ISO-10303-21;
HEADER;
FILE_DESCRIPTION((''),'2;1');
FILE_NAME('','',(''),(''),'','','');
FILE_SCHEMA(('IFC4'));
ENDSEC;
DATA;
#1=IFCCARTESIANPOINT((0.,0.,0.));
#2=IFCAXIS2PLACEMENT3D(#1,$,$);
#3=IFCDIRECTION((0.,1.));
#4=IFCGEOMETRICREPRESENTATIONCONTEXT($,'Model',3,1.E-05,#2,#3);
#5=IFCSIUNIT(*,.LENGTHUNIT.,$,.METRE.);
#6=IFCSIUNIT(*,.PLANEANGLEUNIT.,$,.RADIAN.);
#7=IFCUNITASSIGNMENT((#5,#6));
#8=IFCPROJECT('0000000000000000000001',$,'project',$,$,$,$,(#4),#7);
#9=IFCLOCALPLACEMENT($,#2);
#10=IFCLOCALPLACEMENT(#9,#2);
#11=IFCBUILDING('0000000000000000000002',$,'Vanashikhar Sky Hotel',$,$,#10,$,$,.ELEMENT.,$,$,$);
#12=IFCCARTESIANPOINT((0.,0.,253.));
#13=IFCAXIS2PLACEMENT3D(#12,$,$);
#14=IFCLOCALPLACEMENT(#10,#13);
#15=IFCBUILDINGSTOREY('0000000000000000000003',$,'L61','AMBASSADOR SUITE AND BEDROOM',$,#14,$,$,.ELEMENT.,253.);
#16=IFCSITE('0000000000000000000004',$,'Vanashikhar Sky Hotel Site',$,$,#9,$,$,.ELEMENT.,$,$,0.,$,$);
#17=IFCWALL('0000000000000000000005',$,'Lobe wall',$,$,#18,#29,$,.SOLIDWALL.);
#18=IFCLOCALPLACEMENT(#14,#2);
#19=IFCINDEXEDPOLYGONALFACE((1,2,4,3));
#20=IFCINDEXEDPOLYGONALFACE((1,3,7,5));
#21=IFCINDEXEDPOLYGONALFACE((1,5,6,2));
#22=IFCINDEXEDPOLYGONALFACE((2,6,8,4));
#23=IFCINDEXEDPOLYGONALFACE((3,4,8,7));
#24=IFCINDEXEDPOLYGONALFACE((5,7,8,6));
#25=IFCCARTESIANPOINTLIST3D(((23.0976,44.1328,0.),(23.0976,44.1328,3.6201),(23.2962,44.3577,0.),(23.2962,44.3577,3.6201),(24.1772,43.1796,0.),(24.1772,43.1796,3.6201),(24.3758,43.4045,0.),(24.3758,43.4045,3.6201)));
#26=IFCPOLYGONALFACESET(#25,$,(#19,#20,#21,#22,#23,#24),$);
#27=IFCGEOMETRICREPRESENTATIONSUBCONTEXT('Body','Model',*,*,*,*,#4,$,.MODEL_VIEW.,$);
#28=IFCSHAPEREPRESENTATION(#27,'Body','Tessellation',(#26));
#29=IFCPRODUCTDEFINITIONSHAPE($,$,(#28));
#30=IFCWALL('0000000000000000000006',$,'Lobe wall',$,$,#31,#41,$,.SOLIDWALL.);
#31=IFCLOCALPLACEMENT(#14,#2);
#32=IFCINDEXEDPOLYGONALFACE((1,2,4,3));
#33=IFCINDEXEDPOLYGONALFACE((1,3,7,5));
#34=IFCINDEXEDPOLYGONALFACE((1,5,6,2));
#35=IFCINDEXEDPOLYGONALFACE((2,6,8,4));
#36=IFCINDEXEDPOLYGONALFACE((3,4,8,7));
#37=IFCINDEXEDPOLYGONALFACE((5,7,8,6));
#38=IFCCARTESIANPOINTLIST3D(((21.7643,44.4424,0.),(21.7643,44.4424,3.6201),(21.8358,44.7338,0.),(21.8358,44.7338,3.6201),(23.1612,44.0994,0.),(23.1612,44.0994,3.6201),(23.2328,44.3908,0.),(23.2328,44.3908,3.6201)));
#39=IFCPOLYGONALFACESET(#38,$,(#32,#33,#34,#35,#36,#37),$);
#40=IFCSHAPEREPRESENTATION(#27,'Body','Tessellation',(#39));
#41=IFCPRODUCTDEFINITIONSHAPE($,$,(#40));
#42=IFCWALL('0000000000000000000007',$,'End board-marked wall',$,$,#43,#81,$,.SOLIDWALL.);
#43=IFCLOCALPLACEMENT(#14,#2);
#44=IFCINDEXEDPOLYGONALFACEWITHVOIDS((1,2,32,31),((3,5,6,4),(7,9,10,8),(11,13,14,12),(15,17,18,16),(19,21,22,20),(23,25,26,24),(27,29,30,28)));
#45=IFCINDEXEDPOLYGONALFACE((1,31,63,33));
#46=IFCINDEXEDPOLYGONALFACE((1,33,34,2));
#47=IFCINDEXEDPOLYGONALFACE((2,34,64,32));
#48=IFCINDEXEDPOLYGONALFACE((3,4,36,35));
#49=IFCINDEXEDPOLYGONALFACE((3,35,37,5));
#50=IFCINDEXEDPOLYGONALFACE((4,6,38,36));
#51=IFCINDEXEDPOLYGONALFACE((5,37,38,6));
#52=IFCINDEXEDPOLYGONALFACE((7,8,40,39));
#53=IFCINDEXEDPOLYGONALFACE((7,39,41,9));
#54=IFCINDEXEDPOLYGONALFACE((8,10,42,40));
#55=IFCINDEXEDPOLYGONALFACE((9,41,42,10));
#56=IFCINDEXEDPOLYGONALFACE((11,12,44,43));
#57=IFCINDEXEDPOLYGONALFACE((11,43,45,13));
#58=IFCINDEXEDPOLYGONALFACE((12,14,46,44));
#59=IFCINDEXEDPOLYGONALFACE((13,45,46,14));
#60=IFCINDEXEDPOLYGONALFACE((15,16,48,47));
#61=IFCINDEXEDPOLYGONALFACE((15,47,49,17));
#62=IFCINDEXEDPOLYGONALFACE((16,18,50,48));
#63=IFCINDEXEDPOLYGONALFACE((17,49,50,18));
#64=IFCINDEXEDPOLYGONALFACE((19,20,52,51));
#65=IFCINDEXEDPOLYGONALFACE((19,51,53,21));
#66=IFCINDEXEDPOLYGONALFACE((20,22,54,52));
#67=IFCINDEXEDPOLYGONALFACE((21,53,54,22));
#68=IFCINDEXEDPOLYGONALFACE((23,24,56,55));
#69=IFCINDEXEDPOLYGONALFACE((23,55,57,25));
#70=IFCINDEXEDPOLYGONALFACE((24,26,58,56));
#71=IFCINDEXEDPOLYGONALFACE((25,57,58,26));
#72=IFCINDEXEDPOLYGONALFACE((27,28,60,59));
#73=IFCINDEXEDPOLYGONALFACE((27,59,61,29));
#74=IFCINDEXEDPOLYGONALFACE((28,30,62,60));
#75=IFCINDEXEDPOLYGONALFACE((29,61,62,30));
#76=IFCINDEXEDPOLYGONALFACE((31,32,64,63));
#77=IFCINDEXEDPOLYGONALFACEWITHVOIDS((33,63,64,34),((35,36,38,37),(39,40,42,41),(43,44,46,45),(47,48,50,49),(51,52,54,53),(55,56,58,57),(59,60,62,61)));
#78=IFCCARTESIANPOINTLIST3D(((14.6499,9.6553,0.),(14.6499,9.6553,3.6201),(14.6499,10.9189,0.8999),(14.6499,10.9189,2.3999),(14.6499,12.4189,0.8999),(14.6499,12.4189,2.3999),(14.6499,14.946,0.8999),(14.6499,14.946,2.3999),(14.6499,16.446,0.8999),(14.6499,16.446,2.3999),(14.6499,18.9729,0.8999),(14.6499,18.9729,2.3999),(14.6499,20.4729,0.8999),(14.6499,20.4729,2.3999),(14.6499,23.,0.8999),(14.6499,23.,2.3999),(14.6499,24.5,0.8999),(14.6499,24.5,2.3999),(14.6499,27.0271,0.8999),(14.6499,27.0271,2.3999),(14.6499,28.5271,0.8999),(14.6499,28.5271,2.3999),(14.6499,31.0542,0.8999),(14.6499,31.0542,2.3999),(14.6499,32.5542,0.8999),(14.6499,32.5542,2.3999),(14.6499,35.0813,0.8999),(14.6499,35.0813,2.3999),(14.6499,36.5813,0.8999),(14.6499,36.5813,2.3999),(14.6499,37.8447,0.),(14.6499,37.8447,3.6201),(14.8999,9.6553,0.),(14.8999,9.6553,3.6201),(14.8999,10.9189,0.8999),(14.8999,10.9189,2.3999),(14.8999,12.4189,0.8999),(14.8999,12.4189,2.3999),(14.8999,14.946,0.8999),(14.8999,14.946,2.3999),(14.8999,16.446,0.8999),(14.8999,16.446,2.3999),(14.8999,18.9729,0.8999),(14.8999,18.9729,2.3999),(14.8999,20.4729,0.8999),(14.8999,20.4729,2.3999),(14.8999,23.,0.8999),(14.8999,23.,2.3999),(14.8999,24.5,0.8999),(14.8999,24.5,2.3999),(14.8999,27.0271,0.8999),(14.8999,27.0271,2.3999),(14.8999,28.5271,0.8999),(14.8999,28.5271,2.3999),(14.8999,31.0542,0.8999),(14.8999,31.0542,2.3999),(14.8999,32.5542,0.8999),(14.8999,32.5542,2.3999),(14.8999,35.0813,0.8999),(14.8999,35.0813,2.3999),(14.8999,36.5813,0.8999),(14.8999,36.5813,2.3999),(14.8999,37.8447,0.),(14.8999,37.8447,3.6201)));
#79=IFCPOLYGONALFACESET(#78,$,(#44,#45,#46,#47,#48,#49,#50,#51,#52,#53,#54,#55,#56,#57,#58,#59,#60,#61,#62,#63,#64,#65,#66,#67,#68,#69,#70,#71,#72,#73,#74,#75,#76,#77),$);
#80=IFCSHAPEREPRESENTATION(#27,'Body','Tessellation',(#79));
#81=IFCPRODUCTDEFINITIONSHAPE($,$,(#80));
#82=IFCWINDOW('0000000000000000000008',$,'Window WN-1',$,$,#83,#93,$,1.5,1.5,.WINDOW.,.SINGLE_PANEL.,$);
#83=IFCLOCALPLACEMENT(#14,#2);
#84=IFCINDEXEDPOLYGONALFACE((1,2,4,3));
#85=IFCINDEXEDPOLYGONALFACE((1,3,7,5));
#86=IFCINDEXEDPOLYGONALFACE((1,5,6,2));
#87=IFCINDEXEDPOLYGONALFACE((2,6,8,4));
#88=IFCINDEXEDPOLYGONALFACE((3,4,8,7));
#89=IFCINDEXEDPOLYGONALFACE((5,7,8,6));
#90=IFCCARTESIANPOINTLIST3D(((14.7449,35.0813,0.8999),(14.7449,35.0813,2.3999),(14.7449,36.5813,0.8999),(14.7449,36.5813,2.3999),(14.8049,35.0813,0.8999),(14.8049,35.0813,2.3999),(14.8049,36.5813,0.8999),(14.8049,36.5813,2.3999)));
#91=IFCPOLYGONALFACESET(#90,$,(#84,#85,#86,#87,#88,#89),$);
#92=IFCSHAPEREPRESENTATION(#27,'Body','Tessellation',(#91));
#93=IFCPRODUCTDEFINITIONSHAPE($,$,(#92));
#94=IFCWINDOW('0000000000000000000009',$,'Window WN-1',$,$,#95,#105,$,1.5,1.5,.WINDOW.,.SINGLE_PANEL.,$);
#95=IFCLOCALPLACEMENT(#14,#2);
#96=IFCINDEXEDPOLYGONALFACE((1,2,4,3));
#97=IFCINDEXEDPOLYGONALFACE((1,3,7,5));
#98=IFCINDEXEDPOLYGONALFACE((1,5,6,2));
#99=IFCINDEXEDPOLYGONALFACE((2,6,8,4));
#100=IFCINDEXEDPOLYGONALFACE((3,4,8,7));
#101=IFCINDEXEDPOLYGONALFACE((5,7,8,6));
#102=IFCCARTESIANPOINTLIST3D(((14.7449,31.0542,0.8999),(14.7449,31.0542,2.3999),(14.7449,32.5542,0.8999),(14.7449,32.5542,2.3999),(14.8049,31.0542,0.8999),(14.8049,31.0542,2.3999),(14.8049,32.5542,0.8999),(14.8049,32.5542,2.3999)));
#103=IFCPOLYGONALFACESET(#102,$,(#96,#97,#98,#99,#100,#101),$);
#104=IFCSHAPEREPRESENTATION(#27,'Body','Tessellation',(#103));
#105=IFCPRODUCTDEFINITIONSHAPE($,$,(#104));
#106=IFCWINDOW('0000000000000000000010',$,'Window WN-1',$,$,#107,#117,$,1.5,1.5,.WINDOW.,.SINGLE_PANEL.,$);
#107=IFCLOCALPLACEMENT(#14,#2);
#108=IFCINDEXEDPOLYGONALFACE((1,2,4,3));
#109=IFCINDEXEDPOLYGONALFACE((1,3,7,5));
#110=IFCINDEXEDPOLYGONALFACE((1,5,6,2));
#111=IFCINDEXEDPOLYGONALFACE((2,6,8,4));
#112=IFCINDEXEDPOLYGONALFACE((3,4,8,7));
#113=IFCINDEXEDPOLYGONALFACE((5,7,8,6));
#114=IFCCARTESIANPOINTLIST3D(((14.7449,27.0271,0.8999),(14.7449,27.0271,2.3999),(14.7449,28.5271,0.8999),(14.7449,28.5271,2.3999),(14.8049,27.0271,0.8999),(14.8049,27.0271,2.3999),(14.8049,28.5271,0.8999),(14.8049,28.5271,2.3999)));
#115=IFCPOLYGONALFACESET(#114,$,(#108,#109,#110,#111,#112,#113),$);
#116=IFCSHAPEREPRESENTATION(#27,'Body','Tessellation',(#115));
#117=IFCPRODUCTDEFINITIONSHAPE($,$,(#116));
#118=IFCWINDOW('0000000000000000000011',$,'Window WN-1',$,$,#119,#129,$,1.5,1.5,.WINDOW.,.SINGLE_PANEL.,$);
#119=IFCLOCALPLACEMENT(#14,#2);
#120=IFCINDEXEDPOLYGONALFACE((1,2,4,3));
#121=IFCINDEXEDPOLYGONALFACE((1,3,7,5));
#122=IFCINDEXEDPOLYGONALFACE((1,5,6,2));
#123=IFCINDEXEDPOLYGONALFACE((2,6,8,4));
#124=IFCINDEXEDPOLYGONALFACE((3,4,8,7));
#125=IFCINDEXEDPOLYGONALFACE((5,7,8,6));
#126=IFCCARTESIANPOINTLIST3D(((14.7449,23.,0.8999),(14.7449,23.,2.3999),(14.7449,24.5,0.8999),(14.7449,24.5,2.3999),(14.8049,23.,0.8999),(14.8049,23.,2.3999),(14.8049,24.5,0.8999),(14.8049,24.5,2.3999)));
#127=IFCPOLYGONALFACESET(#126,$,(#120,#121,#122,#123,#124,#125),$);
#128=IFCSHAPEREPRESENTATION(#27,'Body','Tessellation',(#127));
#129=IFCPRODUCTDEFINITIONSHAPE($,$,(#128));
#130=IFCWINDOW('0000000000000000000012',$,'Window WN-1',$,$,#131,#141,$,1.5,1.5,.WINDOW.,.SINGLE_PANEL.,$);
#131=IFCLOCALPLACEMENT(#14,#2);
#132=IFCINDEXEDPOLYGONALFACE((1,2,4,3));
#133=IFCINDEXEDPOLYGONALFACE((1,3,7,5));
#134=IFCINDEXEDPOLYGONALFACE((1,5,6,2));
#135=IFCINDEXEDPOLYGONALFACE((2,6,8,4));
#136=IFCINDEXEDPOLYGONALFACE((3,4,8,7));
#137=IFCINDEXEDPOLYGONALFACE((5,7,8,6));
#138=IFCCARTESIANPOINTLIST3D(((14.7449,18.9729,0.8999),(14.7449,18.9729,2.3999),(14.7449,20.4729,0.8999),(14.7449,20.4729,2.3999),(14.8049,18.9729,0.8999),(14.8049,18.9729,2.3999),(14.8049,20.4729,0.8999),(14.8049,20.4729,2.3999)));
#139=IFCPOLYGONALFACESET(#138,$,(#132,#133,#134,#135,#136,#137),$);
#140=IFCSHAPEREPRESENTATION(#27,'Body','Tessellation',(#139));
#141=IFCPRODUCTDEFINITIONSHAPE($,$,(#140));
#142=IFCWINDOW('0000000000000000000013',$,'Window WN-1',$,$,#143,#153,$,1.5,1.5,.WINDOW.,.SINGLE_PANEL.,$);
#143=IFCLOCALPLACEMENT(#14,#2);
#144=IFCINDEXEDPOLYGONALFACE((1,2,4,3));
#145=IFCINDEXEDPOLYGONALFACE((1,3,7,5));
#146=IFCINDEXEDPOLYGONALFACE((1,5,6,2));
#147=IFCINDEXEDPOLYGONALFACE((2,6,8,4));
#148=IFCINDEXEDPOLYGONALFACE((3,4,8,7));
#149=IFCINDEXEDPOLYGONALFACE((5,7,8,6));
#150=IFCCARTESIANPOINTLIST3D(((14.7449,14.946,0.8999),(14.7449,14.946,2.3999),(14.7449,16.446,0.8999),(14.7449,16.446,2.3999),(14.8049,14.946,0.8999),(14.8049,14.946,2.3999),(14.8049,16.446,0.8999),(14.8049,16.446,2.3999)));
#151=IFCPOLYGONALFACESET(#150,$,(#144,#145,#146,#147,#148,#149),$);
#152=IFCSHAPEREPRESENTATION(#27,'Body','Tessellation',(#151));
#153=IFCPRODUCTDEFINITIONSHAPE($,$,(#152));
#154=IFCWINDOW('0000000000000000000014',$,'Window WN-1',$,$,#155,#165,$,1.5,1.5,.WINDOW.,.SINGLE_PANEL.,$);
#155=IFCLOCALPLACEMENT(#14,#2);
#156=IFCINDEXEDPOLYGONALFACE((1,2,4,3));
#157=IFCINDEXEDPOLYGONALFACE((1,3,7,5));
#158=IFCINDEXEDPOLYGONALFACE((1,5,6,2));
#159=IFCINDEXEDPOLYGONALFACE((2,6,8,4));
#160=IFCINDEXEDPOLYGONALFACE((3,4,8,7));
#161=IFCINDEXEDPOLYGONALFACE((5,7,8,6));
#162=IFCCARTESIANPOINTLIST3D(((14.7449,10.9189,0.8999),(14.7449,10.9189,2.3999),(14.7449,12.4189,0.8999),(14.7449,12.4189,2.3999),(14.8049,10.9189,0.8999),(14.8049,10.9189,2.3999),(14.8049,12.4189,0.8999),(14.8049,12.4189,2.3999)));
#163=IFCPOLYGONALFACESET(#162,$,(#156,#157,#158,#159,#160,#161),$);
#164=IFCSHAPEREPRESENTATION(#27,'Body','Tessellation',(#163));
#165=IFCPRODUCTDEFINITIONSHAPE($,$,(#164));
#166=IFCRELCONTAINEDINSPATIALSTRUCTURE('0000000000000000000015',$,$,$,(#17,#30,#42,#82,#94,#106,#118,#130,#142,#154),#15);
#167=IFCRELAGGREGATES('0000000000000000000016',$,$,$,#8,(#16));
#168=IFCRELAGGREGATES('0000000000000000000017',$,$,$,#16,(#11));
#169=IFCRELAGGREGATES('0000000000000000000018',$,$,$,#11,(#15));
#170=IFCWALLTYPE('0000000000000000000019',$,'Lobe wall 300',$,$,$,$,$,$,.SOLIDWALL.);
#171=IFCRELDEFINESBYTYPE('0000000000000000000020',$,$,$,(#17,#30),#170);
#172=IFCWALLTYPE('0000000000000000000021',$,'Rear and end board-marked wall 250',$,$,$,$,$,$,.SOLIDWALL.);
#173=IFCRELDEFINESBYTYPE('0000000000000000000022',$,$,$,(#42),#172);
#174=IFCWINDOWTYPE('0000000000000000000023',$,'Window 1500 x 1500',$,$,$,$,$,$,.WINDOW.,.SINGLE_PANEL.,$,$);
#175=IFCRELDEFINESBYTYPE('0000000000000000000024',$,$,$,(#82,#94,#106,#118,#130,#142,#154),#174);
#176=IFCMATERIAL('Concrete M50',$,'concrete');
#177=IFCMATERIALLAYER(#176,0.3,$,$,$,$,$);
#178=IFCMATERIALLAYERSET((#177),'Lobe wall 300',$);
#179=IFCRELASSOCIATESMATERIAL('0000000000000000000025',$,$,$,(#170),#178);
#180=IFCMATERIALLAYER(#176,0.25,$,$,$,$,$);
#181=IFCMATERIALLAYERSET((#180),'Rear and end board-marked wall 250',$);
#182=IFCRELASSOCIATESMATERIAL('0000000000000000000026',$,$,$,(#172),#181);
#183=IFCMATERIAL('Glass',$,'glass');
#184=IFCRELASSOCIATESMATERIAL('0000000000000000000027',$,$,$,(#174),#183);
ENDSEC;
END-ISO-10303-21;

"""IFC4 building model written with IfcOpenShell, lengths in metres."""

from ifc_helpers import new_model, si_unit, direction, frame, frame_2d, origin, place, context, subcontext, project, spatial, rectangle, extrude, source, transform, mapped, material, layer, layer_set, type_object, element, fill, save


model = new_model("IFC4")

# Units and contexts
model_context = context("Model", 3, precision=1e-05, world=origin(), true_north=direction((0.0, 1.0)))
body_context = subcontext(model_context, "Body", "Model", "MODEL_VIEW")
ifc_project = project(units=[si_unit("LENGTHUNIT", "METRE"), si_unit("PLANEANGLEUNIT", "RADIAN")], contexts=[model_context])

# Site, building, storey
site_placement = place(None, origin())
site = spatial("IfcSite", under=ifc_project, at=site_placement, Name="Vanashikhar Sky Hotel Site", CompositionType="ELEMENT", RefElevation=0.0)
building_placement = place(site_placement, origin())
building = spatial("IfcBuilding", under=site, at=building_placement, Name="Vanashikhar Sky Hotel", CompositionType="ELEMENT")
storey_placement = place(building_placement, frame((0.0, 0.0, 253.0)))
storey = spatial("IfcBuildingStorey", under=building, at=storey_placement, Name="L61", Description="AMBASSADOR SUITE AND BEDROOM", CompositionType="ELEMENT", Elevation=253.0)

# Shared definitions
ifc_material_1 = material(Name="Concrete M50", Category="concrete")
ifc_layer_1 = layer(ifc_material_1, 0.3)
ifc_layer_set_1 = layer_set([ifc_layer_1], Name="Lobe wall 300")
wall_type_1 = type_object("IfcWallType", Name="Lobe wall 300", PredefinedType="SOLIDWALL", material=ifc_layer_set_1)
ifc_material_2 = material(Name="Glass", Category="glass")

# Walls
shared_shape_1 = source(origin(), body_context, "Body", "SweptSolid", [
    extrude(rectangle(XDim=1.4402, YDim=0.3, at=frame_2d((0.7202, 0.0))), origin(), (0.0, 0.0, 1.0), 3.6201),
])
wall_1_placement = place(storey_placement, frame((24.2766, 43.292, 0.0), z_axis=(0.0, 0.0, 1.0), x_axis=(-0.74965, 0.661835, 0.0)))
element("IfcWall", 1, at=wall_1_placement, inside=storey, type_object=wall_type_1, Name="Lobe wall", PredefinedType="SOLIDWALL", context=body_context, shape_type="MappedRepresentation", body=[
    mapped(shared_shape_1, transform((0.0, 0.0, 0.0), scale=1.0)),
])
shared_shape_2 = source(origin(), body_context, "Body", "SweptSolid", [
    extrude(rectangle(XDim=1.4385, YDim=0.3, at=frame_2d((0.7192, 0.0))), origin(), (0.0, 0.0, 1.0), 3.6201),
])
wall_2_placement = place(storey_placement, frame((23.197, 44.2451, 0.0), z_axis=(0.0, 0.0, 1.0), x_axis=(-0.971152, 0.23846, 0.0)))
element("IfcWall", 2, at=wall_2_placement, inside=storey, type_object=wall_type_1, Name="Lobe wall", PredefinedType="SOLIDWALL", context=body_context, shape_type="MappedRepresentation", body=[
    mapped(shared_shape_2, transform((0.0, 0.0, 0.0), scale=1.0)),
])

# Wall, openings, windows
ifc_layer_2 = layer(ifc_material_1, 0.25)
ifc_layer_set_2 = layer_set([ifc_layer_2], Name="Rear and end board-marked wall 250")
wall_type_2 = type_object("IfcWallType", Name="Rear and end board-marked wall 250", PredefinedType="SOLIDWALL", material=ifc_layer_set_2)
shared_shape_3 = source(origin(), body_context, "Body", "SweptSolid", [
    extrude(rectangle(XDim=28.1895, YDim=0.25, at=frame_2d((14.0947, 0.0))), origin(), (0.0, 0.0, 1.0), 3.6201),
])
wall_3_placement = place(storey_placement, frame((14.7749, 37.8447, 0.0), z_axis=(0.0, 0.0, 1.0), x_axis=(0.0, -1.0, 0.0)))
wall_3 = element("IfcWall", 3, at=wall_3_placement, inside=storey, type_object=wall_type_2, Name="End board-marked wall", PredefinedType="SOLIDWALL", context=body_context, shape_type="MappedRepresentation", body=[
    mapped(shared_shape_3, transform((0.0, 0.0, 0.0), scale=1.0)),
])
shared_shape_4 = source(origin(), body_context, "Body", "SweptSolid", [
    extrude(rectangle(XDim=1.5, YDim=1.5, at=frame_2d((0.75, 0.75))), frame((0.0, 0.135, 0.0), z_axis=(0.0, -1.0, 0.0), x_axis=(1.0, 0.0, 0.0)), (0.0, 0.0, 1.0), 0.27),
])
opening_1_placement = place(wall_3_placement, frame((1.2634, 0.0, 0.8999)))
opening_1 = element("IfcOpeningElement", 4, at=opening_1_placement, cuts=wall_3, PredefinedType="OPENING", context=body_context, shape_type="MappedRepresentation", body=[
    mapped(shared_shape_4, transform((0.0, 0.0, 0.0), scale=1.0)),
])
opening_2_placement = place(wall_3_placement, frame((5.2905, 0.0, 0.8999)))
opening_2 = element("IfcOpeningElement", 5, at=opening_2_placement, cuts=wall_3, PredefinedType="OPENING", context=body_context, shape_type="MappedRepresentation", body=[
    mapped(shared_shape_4, transform((0.0, 0.0, 0.0), scale=1.0)),
])
opening_3_placement = place(wall_3_placement, frame((9.3176, 0.0, 0.8999)))
opening_3 = element("IfcOpeningElement", 6, at=opening_3_placement, cuts=wall_3, PredefinedType="OPENING", context=body_context, shape_type="MappedRepresentation", body=[
    mapped(shared_shape_4, transform((0.0, 0.0, 0.0), scale=1.0)),
])
opening_4_placement = place(wall_3_placement, frame((13.3447, 0.0, 0.8999)))
opening_4 = element("IfcOpeningElement", 7, at=opening_4_placement, cuts=wall_3, PredefinedType="OPENING", context=body_context, shape_type="MappedRepresentation", body=[
    mapped(shared_shape_4, transform((0.0, 0.0, 0.0), scale=1.0)),
])
opening_5_placement = place(wall_3_placement, frame((17.3718, 0.0, 0.8999)))
opening_5 = element("IfcOpeningElement", 8, at=opening_5_placement, cuts=wall_3, PredefinedType="OPENING", context=body_context, shape_type="MappedRepresentation", body=[
    mapped(shared_shape_4, transform((0.0, 0.0, 0.0), scale=1.0)),
])
opening_6_placement = place(wall_3_placement, frame((21.3987, 0.0, 0.8999)))
opening_6 = element("IfcOpeningElement", 9, at=opening_6_placement, cuts=wall_3, PredefinedType="OPENING", context=body_context, shape_type="MappedRepresentation", body=[
    mapped(shared_shape_4, transform((0.0, 0.0, 0.0), scale=1.0)),
])
opening_7_placement = place(wall_3_placement, frame((25.4258, 0.0, 0.8999)))
opening_7 = element("IfcOpeningElement", 10, at=opening_7_placement, cuts=wall_3, PredefinedType="OPENING", context=body_context, shape_type="MappedRepresentation", body=[
    mapped(shared_shape_4, transform((0.0, 0.0, 0.0), scale=1.0)),
])
window_type_1 = type_object("IfcWindowType", Name="Window 1500 x 1500", PartitioningType="SINGLE_PANEL", PredefinedType="WINDOW", material=ifc_material_2)
shared_shape_5 = source(origin(), body_context, "Body", "SweptSolid", [
    extrude(rectangle(XDim=1.5, YDim=1.5, at=frame_2d((0.75, 0.75))), frame((0.0, 0.03, 0.0), z_axis=(0.0, -1.0, 0.0), x_axis=(1.0, 0.0, 0.0)), (0.0, 0.0, 1.0), 0.0601),
])
window_1_placement = place(opening_1_placement, origin())
window_1 = element("IfcWindow", 11, at=window_1_placement, inside=storey, type_object=window_type_1, Name="Window WN-1", OverallHeight=1.5, OverallWidth=1.5, PartitioningType="SINGLE_PANEL", PredefinedType="WINDOW", context=body_context, shape_type="MappedRepresentation", body=[
    mapped(shared_shape_5, transform((0.0, 0.0, 0.0), scale=1.0)),
])
fill(opening_1, window_1)
window_2_placement = place(opening_2_placement, origin())
window_2 = element("IfcWindow", 12, at=window_2_placement, inside=storey, type_object=window_type_1, Name="Window WN-1", OverallHeight=1.5, OverallWidth=1.5, PartitioningType="SINGLE_PANEL", PredefinedType="WINDOW", context=body_context, shape_type="MappedRepresentation", body=[
    mapped(shared_shape_5, transform((0.0, 0.0, 0.0), scale=1.0)),
])
fill(opening_2, window_2)
window_3_placement = place(opening_3_placement, origin())
window_3 = element("IfcWindow", 13, at=window_3_placement, inside=storey, type_object=window_type_1, Name="Window WN-1", OverallHeight=1.5, OverallWidth=1.5, PartitioningType="SINGLE_PANEL", PredefinedType="WINDOW", context=body_context, shape_type="MappedRepresentation", body=[
    mapped(shared_shape_5, transform((0.0, 0.0, 0.0), scale=1.0)),
])
fill(opening_3, window_3)
window_4_placement = place(opening_4_placement, origin())
window_4 = element("IfcWindow", 14, at=window_4_placement, inside=storey, type_object=window_type_1, Name="Window WN-1", OverallHeight=1.5, OverallWidth=1.5, PartitioningType="SINGLE_PANEL", PredefinedType="WINDOW", context=body_context, shape_type="MappedRepresentation", body=[
    mapped(shared_shape_5, transform((0.0, 0.0, 0.0), scale=1.0)),
])
fill(opening_4, window_4)
window_5_placement = place(opening_5_placement, origin())
window_5 = element("IfcWindow", 15, at=window_5_placement, inside=storey, type_object=window_type_1, Name="Window WN-1", OverallHeight=1.5, OverallWidth=1.5, PartitioningType="SINGLE_PANEL", PredefinedType="WINDOW", context=body_context, shape_type="MappedRepresentation", body=[
    mapped(shared_shape_5, transform((0.0, 0.0, 0.0), scale=1.0)),
])
fill(opening_5, window_5)
window_6_placement = place(opening_6_placement, origin())
window_6 = element("IfcWindow", 16, at=window_6_placement, inside=storey, type_object=window_type_1, Name="Window WN-1", OverallHeight=1.5, OverallWidth=1.5, PartitioningType="SINGLE_PANEL", PredefinedType="WINDOW", context=body_context, shape_type="MappedRepresentation", body=[
    mapped(shared_shape_5, transform((0.0, 0.0, 0.0), scale=1.0)),
])
fill(opening_6, window_6)
window_7_placement = place(opening_7_placement, origin())
window_7 = element("IfcWindow", 17, at=window_7_placement, inside=storey, type_object=window_type_1, Name="Window WN-1", OverallHeight=1.5, OverallWidth=1.5, PartitioningType="SINGLE_PANEL", PredefinedType="WINDOW", context=body_context, shape_type="MappedRepresentation", body=[
    mapped(shared_shape_5, transform((0.0, 0.0, 0.0), scale=1.0)),
])
fill(opening_7, window_7)

save(model, "model.ifc")
